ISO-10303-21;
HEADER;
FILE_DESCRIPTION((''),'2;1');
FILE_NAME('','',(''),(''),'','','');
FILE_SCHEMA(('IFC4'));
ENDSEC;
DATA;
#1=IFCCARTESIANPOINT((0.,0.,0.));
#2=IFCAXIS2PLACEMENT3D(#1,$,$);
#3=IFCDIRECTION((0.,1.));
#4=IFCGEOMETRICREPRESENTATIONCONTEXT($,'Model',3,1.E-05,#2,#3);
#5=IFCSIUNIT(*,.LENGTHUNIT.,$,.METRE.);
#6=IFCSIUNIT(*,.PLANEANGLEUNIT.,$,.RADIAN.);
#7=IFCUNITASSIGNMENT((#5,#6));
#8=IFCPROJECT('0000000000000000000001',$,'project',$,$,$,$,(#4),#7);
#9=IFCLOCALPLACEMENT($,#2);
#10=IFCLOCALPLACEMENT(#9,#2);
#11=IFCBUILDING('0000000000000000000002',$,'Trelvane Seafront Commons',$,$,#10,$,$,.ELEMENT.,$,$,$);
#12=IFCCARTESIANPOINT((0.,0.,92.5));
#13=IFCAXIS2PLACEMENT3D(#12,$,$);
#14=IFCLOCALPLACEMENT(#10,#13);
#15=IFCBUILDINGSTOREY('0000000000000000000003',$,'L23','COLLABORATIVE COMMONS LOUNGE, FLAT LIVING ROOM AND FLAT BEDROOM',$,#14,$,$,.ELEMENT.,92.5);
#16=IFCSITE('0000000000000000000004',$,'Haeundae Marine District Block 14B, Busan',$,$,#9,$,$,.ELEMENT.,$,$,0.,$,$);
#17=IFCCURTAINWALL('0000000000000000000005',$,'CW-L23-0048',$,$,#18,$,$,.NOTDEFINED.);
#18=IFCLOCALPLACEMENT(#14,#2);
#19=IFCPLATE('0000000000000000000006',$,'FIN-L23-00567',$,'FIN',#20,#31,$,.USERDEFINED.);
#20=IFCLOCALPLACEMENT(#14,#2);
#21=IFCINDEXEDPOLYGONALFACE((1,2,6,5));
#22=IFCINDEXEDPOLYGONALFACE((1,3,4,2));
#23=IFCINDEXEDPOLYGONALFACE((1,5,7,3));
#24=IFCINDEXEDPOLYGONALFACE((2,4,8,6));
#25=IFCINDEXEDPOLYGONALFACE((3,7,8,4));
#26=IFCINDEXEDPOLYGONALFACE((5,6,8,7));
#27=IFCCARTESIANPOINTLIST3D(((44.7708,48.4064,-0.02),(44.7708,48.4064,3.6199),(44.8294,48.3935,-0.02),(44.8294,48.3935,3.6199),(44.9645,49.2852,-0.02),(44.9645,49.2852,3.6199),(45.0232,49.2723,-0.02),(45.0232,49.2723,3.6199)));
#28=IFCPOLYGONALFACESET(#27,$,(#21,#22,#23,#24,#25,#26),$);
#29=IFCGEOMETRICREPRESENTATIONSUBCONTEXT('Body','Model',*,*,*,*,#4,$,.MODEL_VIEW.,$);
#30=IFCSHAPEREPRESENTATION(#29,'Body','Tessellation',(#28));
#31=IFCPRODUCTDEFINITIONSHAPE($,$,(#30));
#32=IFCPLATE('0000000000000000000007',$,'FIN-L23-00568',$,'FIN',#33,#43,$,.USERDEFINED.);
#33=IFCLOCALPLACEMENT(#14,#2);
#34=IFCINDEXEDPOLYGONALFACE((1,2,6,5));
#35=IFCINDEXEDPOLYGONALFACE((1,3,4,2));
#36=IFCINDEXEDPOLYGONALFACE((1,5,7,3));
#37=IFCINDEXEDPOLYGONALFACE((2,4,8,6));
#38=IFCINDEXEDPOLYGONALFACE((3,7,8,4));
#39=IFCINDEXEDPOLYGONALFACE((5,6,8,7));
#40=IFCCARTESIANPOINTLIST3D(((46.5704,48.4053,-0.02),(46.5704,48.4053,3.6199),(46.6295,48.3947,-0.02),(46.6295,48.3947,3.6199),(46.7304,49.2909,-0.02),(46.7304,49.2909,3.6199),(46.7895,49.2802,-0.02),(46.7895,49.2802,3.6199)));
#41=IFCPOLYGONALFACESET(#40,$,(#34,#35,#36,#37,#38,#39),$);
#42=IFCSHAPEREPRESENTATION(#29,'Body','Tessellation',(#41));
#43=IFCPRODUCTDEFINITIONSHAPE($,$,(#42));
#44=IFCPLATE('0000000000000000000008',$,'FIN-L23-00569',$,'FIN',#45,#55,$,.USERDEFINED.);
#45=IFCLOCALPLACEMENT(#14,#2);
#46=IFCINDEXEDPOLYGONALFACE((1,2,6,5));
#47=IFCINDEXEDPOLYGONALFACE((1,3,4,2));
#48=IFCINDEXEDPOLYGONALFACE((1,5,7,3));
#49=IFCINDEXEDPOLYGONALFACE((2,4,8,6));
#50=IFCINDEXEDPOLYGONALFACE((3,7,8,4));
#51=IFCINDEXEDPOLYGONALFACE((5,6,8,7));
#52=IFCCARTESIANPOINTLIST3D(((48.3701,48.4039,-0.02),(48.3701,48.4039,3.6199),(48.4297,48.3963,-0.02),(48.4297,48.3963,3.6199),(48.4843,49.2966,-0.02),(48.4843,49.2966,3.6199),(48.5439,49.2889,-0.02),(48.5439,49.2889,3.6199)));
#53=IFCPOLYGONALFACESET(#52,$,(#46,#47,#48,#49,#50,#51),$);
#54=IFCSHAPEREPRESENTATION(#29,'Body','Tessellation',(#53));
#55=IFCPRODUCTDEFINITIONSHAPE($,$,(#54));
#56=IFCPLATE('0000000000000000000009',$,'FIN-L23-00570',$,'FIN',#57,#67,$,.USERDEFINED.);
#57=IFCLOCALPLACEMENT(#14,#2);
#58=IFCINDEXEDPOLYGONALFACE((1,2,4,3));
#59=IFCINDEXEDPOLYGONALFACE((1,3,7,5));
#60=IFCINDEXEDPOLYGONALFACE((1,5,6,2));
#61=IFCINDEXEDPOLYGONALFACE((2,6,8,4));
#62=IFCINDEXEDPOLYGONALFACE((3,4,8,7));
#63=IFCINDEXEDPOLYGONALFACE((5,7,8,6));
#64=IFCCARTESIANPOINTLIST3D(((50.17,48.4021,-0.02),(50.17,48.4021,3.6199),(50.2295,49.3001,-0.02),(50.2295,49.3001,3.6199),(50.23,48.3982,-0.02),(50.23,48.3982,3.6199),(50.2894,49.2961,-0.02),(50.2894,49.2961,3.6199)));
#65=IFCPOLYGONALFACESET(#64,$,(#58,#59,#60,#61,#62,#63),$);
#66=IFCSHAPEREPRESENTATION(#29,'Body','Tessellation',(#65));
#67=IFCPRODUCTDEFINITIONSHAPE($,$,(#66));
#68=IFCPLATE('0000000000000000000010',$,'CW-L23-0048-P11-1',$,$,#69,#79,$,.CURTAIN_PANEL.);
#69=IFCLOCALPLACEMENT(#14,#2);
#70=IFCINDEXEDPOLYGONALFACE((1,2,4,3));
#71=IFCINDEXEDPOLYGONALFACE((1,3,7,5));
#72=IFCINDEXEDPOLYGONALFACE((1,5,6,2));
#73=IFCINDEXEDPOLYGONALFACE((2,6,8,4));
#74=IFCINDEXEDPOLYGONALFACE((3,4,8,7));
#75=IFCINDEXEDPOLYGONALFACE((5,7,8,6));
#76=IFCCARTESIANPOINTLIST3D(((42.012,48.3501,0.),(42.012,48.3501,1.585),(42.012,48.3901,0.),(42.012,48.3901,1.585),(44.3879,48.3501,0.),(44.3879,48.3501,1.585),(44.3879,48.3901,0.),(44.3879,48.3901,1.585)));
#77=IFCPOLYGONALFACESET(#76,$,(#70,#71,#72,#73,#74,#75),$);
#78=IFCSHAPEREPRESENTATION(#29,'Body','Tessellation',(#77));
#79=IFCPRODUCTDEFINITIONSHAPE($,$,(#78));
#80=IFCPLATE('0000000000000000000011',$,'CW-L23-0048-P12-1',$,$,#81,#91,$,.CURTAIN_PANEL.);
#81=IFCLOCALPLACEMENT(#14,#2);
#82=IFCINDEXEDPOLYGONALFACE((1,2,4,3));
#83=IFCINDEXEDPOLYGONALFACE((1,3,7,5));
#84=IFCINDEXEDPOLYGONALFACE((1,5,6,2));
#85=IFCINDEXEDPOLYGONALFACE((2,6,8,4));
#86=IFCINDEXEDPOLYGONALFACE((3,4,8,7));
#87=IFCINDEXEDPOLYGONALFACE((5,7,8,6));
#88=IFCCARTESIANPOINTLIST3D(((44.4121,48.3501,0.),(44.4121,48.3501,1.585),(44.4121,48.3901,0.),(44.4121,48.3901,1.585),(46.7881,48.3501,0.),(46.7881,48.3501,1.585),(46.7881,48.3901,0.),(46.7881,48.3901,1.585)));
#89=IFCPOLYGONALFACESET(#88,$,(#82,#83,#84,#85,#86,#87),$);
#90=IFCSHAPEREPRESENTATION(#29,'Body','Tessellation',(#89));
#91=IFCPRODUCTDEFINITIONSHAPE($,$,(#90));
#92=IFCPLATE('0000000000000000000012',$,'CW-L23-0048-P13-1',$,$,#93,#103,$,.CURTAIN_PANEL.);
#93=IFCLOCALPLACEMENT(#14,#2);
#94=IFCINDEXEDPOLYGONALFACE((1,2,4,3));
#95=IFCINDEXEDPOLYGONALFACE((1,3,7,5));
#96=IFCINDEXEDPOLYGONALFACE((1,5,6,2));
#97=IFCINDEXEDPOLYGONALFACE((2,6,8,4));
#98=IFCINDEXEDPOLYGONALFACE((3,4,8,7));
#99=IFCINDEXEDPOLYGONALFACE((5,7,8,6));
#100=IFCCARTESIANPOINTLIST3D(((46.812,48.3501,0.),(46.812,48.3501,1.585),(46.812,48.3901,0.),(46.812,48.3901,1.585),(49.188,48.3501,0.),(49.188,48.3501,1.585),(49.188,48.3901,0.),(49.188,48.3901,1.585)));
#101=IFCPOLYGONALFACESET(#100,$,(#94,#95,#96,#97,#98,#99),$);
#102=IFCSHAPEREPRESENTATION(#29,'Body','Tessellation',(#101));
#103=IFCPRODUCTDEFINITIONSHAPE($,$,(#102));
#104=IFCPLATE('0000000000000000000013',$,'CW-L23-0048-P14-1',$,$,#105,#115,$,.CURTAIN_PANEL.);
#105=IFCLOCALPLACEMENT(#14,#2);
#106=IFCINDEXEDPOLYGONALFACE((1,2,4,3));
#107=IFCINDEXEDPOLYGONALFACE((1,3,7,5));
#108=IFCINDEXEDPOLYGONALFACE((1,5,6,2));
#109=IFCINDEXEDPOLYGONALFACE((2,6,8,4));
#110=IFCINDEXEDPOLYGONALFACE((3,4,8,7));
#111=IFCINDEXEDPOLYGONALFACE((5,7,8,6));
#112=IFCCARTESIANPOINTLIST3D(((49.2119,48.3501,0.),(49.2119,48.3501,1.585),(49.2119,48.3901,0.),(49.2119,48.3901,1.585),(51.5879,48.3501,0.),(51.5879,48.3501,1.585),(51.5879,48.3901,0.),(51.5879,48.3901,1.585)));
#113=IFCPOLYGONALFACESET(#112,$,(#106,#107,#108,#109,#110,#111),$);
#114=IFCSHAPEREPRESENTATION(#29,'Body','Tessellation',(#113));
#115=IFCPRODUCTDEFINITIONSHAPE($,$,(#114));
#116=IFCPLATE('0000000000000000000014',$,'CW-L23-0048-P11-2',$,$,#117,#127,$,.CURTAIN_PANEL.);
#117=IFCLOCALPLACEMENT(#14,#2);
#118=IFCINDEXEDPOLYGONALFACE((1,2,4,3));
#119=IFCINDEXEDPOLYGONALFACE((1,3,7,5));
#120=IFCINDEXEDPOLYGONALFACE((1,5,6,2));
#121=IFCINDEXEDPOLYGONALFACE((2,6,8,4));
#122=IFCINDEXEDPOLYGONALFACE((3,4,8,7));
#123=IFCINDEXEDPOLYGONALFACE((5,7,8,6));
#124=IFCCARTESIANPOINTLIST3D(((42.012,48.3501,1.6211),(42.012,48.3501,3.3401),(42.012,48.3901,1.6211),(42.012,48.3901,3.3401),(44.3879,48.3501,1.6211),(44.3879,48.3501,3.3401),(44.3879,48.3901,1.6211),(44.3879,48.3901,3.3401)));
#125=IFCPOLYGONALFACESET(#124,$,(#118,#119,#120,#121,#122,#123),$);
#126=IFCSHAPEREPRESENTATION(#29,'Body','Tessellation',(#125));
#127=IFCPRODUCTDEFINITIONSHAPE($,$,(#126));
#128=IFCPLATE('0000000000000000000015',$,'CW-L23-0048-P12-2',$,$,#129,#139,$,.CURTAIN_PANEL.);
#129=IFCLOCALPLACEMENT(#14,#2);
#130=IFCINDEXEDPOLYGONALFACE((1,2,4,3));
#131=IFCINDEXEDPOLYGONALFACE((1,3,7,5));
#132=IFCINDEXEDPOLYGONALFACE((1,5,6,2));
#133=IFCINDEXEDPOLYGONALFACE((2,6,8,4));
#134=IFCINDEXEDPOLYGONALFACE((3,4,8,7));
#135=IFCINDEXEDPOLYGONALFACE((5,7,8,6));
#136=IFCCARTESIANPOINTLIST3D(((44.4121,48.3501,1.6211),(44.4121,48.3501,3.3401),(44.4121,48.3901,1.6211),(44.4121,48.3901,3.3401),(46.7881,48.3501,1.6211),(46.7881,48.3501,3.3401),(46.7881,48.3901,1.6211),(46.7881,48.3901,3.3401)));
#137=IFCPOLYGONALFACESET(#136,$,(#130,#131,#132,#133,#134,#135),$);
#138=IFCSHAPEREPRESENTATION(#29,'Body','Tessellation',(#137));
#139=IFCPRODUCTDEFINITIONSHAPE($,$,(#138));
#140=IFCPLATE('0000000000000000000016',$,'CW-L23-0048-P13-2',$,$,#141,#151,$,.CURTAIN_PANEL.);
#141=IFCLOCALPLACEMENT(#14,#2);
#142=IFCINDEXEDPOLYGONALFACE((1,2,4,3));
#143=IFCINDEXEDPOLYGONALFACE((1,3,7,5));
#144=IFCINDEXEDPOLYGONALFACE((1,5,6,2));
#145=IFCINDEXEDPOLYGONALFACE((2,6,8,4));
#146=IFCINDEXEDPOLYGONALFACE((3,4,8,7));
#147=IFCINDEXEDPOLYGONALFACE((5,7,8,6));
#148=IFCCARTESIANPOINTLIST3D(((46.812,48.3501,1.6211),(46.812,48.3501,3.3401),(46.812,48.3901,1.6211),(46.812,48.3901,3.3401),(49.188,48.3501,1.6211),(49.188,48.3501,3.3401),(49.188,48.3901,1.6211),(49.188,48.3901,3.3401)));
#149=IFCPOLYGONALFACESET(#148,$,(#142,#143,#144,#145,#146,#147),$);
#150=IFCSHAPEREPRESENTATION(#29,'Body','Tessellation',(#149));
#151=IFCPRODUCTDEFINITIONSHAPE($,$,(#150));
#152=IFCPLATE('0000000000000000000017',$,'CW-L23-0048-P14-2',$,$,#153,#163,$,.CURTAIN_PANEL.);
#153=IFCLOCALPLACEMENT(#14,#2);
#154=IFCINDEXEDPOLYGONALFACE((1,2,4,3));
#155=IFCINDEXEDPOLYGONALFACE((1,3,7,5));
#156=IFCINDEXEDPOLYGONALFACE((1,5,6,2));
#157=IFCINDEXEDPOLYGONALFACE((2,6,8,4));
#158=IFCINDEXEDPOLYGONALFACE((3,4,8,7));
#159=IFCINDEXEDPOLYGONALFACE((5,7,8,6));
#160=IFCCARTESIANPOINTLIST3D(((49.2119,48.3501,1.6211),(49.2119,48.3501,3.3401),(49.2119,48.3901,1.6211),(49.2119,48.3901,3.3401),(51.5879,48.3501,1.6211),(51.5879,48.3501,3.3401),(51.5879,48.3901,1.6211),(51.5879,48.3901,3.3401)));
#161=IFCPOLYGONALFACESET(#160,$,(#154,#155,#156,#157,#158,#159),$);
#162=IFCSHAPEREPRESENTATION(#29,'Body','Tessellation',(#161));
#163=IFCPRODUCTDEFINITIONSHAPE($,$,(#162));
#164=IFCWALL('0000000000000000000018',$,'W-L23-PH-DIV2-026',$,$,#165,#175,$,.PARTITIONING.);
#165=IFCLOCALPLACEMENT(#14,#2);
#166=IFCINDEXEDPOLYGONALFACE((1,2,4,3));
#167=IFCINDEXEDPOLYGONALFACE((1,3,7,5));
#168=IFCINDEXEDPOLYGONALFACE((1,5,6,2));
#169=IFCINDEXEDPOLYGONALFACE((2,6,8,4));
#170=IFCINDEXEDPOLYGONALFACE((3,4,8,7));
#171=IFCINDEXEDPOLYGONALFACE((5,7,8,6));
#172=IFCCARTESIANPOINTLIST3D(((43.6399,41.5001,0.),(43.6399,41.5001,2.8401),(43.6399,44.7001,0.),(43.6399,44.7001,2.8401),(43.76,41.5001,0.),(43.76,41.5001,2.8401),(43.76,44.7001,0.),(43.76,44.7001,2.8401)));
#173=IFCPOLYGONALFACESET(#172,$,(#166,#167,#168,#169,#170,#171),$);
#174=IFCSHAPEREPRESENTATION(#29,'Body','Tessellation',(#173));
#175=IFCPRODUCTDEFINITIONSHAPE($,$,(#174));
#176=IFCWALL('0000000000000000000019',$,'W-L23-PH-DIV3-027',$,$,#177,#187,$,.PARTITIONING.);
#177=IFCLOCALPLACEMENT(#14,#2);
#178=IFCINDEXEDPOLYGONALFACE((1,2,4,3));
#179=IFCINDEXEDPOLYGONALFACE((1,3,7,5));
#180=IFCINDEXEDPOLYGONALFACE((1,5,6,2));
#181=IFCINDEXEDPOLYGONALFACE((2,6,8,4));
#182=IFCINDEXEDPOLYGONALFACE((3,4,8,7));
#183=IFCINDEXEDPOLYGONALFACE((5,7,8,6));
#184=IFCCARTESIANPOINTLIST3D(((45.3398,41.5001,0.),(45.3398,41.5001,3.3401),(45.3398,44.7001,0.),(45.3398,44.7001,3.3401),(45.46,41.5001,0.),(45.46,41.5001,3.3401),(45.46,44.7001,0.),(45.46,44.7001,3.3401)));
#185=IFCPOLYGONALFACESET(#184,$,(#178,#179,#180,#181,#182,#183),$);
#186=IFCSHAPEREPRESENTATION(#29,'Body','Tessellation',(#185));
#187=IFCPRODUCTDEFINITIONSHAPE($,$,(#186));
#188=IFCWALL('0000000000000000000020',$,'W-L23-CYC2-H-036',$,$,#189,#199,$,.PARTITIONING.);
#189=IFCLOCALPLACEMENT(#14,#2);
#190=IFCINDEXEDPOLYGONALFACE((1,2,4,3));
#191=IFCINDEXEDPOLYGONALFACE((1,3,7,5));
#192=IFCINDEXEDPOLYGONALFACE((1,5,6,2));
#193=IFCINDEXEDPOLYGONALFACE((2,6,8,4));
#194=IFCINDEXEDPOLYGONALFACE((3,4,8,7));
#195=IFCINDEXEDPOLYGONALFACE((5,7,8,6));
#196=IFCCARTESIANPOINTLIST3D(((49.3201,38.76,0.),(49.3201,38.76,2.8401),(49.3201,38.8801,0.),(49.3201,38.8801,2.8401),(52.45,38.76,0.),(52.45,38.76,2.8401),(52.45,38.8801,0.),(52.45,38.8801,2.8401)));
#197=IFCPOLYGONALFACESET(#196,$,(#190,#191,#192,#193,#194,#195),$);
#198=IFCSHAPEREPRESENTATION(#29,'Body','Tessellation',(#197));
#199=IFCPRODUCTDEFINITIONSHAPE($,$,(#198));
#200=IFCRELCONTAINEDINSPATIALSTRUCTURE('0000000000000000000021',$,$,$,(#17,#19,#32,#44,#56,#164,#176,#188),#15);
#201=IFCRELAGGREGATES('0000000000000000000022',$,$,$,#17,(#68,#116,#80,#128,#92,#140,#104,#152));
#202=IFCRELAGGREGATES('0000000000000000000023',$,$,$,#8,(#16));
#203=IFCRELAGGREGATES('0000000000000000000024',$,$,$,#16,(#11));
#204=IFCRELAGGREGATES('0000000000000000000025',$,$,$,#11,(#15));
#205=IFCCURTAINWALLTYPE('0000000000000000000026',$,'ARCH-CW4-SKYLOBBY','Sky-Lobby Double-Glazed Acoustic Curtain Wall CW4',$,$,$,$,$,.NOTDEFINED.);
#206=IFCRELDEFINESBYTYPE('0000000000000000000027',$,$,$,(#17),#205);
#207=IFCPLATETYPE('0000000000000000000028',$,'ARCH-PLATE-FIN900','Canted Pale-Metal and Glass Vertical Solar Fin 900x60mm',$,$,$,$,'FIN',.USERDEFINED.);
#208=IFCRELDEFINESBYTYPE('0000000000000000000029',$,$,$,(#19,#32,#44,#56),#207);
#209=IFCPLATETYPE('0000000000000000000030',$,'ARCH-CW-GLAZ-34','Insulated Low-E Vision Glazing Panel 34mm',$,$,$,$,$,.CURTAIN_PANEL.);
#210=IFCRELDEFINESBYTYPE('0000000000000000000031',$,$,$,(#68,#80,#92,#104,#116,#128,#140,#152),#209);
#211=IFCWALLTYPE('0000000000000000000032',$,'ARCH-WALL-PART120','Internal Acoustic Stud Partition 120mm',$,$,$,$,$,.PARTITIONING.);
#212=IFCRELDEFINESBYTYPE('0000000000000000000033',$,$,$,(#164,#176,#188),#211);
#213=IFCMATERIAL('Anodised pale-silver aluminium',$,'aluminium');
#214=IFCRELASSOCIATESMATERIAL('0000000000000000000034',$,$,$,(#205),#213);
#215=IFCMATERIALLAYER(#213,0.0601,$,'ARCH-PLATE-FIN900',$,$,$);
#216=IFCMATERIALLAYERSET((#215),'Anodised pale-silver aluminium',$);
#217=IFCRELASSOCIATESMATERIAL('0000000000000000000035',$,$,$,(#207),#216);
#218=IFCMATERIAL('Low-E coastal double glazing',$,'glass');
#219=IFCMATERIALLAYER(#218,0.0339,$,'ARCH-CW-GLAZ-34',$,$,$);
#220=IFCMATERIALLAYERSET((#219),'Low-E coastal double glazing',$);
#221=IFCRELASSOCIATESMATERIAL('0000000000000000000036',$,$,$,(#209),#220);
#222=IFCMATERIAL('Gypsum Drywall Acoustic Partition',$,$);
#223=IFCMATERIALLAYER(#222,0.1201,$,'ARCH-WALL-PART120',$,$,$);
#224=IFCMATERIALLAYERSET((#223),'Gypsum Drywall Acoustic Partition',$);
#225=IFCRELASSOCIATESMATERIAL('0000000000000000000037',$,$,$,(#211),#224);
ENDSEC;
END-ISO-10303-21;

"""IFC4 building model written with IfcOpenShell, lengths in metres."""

from ifc_helpers import new_model, si_unit, direction, frame, frame_2d, origin, origin_2d, place, context, subcontext, project, spatial, rectangle, extrude, source, transform, mapped, material, layer, layer_set, type_object, element, aggregate, save


model = new_model("IFC4")

# Units and contexts
model_context = context("Model", 3, precision=1e-05, world=origin(), true_north=direction((0.0, 1.0)))
body_context = subcontext(model_context, "Body", "Model", "MODEL_VIEW")
ifc_project = project(units=[si_unit("LENGTHUNIT", "METRE"), si_unit("PLANEANGLEUNIT", "RADIAN")], contexts=[model_context])

# Site, building, storey
site_placement = place(None, origin())
site = spatial("IfcSite", under=ifc_project, at=site_placement, Name="Haeundae Marine District Block 14B, Busan", CompositionType="ELEMENT", RefElevation=0.0)
building_placement = place(site_placement, origin())
building = spatial("IfcBuilding", under=site, at=building_placement, Name="Trelvane Seafront Commons", CompositionType="ELEMENT")
storey_placement = place(building_placement, frame((0.0, 0.0, 92.5)))
storey = spatial("IfcBuildingStorey", under=building, at=storey_placement, Name="L23", Description="COLLABORATIVE COMMONS LOUNGE, FLAT LIVING ROOM AND FLAT BEDROOM", CompositionType="ELEMENT", Elevation=92.5)

# Curtain wall
ifc_material_1 = material(Name="Anodised pale-silver aluminium", Category="aluminium")
curtain_wall_type = type_object("IfcCurtainWallType", Name="ARCH-CW4-SKYLOBBY", Description="Sky-Lobby Double-Glazed Acoustic Curtain Wall CW4", PredefinedType="NOTDEFINED", material=ifc_material_1)
curtain_wall_placement = place(storey_placement, origin())
curtain_wall = element("IfcCurtainWall", 1, at=curtain_wall_placement, inside=storey, type_object=curtain_wall_type, Name="CW-L23-0048", PredefinedType="NOTDEFINED")

# Plates
ifc_layer_1 = layer(ifc_material_1, 0.0601, Name="ARCH-PLATE-FIN900")
ifc_layer_set_1 = layer_set([ifc_layer_1], Name="Anodised pale-silver aluminium")
plate_type_1 = type_object("IfcPlateType", Name="ARCH-PLATE-FIN900", Description="Canted Pale-Metal and Glass Vertical Solar Fin 900x60mm", ElementType="FIN", PredefinedType="USERDEFINED", material=ifc_layer_set_1)
shared_shape_1 = source(origin(), body_context, "Body", "SweptSolid", [
    extrude(rectangle(XDim=0.8999, YDim=0.0601, at=origin_2d()), origin(), (0.0, 0.0, 1.0), 3.6399),
])
for number, where, z_axis, x_axis, name in (
    (2, (44.897, 48.8394, -0.02), (0.0, 0.0, 1.0), (0.21533, 0.976541, 0.0), "FIN-L23-00567"),
    (3, (46.6799, 48.8428, -0.02), (0.0, 0.0, 1.0), (0.17777, 0.984072, 0.0), "FIN-L23-00568"),
    (4, (48.457, 48.8464, -0.02), (0.0, 0.0, 1.0), (0.126893, 0.991916, 0.0), "FIN-L23-00569"),
    (5, (50.2297, 48.8491, -0.02), (0.0, 0.0, 1.0), (0.066114, 0.997812, 0.0), "FIN-L23-00570"),
):
    element("IfcPlate", number, at=place(storey_placement, frame(where, z_axis=z_axis, x_axis=x_axis)), inside=storey, type_object=plate_type_1, Name=name, ObjectType="FIN", PredefinedType="USERDEFINED", context=body_context, shape_type="MappedRepresentation", body=[
        mapped(shared_shape_1, transform((0.0, 0.0, 0.0), x_axis=(1.0, 0.0, 0.0), y_axis=(0.0, 1.0, 0.0), z_axis=(0.0, 0.0, 1.0), scale=1.0)),
    ])

# Plates
ifc_material_2 = material(Name="Low-E coastal double glazing", Category="glass")
ifc_layer_2 = layer(ifc_material_2, 0.0339, Name="ARCH-CW-GLAZ-34")
ifc_layer_set_2 = layer_set([ifc_layer_2], Name="Low-E coastal double glazing")
plate_type_2 = type_object("IfcPlateType", Name="ARCH-CW-GLAZ-34", Description="Insulated Low-E Vision Glazing Panel 34mm", PredefinedType="CURTAIN_PANEL", material=ifc_layer_set_2)
shared_shape_2 = source(origin(), body_context, "Body", "SweptSolid", [
    extrude(rectangle(XDim=2.376, YDim=0.04, at=origin_2d()), origin(), (0.0, 0.0, 1.0), 1.585),
])
plate_1_placement = place(storey_placement, frame((43.2, 48.3701, 0.0), z_axis=(0.0, 0.0, 1.0), x_axis=(1.0, 0.0, 0.0)))
plate_1 = element("IfcPlate", 6, at=plate_1_placement, type_object=plate_type_2, Name="CW-L23-0048-P11-1", PredefinedType="CURTAIN_PANEL", context=body_context, shape_type="MappedRepresentation", body=[
    mapped(shared_shape_2, transform((0.0, 0.0, 0.0), x_axis=(1.0, 0.0, 0.0), y_axis=(0.0, 1.0, 0.0), z_axis=(0.0, 0.0, 1.0), scale=1.0)),
])
plate_2_placement = place(storey_placement, frame((45.6001, 48.3701, 0.0), z_axis=(0.0, 0.0, 1.0), x_axis=(1.0, 0.0, 0.0)))
plate_2 = element("IfcPlate", 7, at=plate_2_placement, type_object=plate_type_2, Name="CW-L23-0048-P12-1", PredefinedType="CURTAIN_PANEL", context=body_context, shape_type="MappedRepresentation", body=[
    mapped(shared_shape_2, transform((0.0, 0.0, 0.0), x_axis=(1.0, 0.0, 0.0), y_axis=(0.0, 1.0, 0.0), z_axis=(0.0, 0.0, 1.0), scale=1.0)),
])
plate_3_placement = place(storey_placement, frame((48.0, 48.3701, 0.0), z_axis=(0.0, 0.0, 1.0), x_axis=(1.0, 0.0, 0.0)))
plate_3 = element("IfcPlate", 8, at=plate_3_placement, type_object=plate_type_2, Name="CW-L23-0048-P13-1", PredefinedType="CURTAIN_PANEL", context=body_context, shape_type="MappedRepresentation", body=[
    mapped(shared_shape_2, transform((0.0, 0.0, 0.0), x_axis=(1.0, 0.0, 0.0), y_axis=(0.0, 1.0, 0.0), z_axis=(0.0, 0.0, 1.0), scale=1.0)),
])
plate_4_placement = place(storey_placement, frame((50.3999, 48.3701, 0.0), z_axis=(0.0, 0.0, 1.0), x_axis=(1.0, 0.0, 0.0)))
plate_4 = element("IfcPlate", 9, at=plate_4_placement, type_object=plate_type_2, Name="CW-L23-0048-P14-1", PredefinedType="CURTAIN_PANEL", context=body_context, shape_type="MappedRepresentation", body=[
    mapped(shared_shape_2, transform((0.0, 0.0, 0.0), x_axis=(1.0, 0.0, 0.0), y_axis=(0.0, 1.0, 0.0), z_axis=(0.0, 0.0, 1.0), scale=1.0)),
])
shared_shape_3 = source(origin(), body_context, "Body", "SweptSolid", [
    extrude(rectangle(XDim=2.376, YDim=0.04, at=origin_2d()), origin(), (0.0, 0.0, 1.0), 1.719),
])
plate_5_placement = place(storey_placement, frame((43.2, 48.3701, 1.6211), z_axis=(0.0, 0.0, 1.0), x_axis=(1.0, 0.0, 0.0)))
plate_5 = element("IfcPlate", 10, at=plate_5_placement, type_object=plate_type_2, Name="CW-L23-0048-P11-2", PredefinedType="CURTAIN_PANEL", context=body_context, shape_type="MappedRepresentation", body=[
    mapped(shared_shape_3, transform((0.0, 0.0, 0.0), x_axis=(1.0, 0.0, 0.0), y_axis=(0.0, 1.0, 0.0), z_axis=(0.0, 0.0, 1.0), scale=1.0)),
])
plate_6_placement = place(storey_placement, frame((45.6001, 48.3701, 1.6211), z_axis=(0.0, 0.0, 1.0), x_axis=(1.0, 0.0, 0.0)))
plate_6 = element("IfcPlate", 11, at=plate_6_placement, type_object=plate_type_2, Name="CW-L23-0048-P12-2", PredefinedType="CURTAIN_PANEL", context=body_context, shape_type="MappedRepresentation", body=[
    mapped(shared_shape_3, transform((0.0, 0.0, 0.0), x_axis=(1.0, 0.0, 0.0), y_axis=(0.0, 1.0, 0.0), z_axis=(0.0, 0.0, 1.0), scale=1.0)),
])
plate_7_placement = place(storey_placement, frame((48.0, 48.3701, 1.6211), z_axis=(0.0, 0.0, 1.0), x_axis=(1.0, 0.0, 0.0)))
plate_7 = element("IfcPlate", 12, at=plate_7_placement, type_object=plate_type_2, Name="CW-L23-0048-P13-2", PredefinedType="CURTAIN_PANEL", context=body_context, shape_type="MappedRepresentation", body=[
    mapped(shared_shape_3, transform((0.0, 0.0, 0.0), x_axis=(1.0, 0.0, 0.0), y_axis=(0.0, 1.0, 0.0), z_axis=(0.0, 0.0, 1.0), scale=1.0)),
])
plate_8_placement = place(storey_placement, frame((50.3999, 48.3701, 1.6211), z_axis=(0.0, 0.0, 1.0), x_axis=(1.0, 0.0, 0.0)))
plate_8 = element("IfcPlate", 13, at=plate_8_placement, type_object=plate_type_2, Name="CW-L23-0048-P14-2", PredefinedType="CURTAIN_PANEL", context=body_context, shape_type="MappedRepresentation", body=[
    mapped(shared_shape_3, transform((0.0, 0.0, 0.0), x_axis=(1.0, 0.0, 0.0), y_axis=(0.0, 1.0, 0.0), z_axis=(0.0, 0.0, 1.0), scale=1.0)),
])
aggregate(curtain_wall, [plate_1, plate_5, plate_2, plate_6, plate_3, plate_7, plate_4, plate_8])

# Walls
ifc_material_3 = material(Name="Gypsum Drywall Acoustic Partition")
ifc_layer_3 = layer(ifc_material_3, 0.1201, Name="ARCH-WALL-PART120")
ifc_layer_set_3 = layer_set([ifc_layer_3], Name="Gypsum Drywall Acoustic Partition")
wall_type_1 = type_object("IfcWallType", Name="ARCH-WALL-PART120", Description="Internal Acoustic Stud Partition 120mm", PredefinedType="PARTITIONING", material=ifc_layer_set_3)
wall_1_placement = place(storey_placement, frame((43.7, 41.5, 0.0), z_axis=(0.0, 0.0, 1.0), x_axis=(0.0, 1.0, 0.0)))
element("IfcWall", 14, at=wall_1_placement, inside=storey, type_object=wall_type_1, Name="W-L23-PH-DIV2-026", PredefinedType="PARTITIONING", context=body_context, shape_type="SweptSolid", body=[
    extrude(rectangle(XDim=3.2, YDim=0.1201, at=frame_2d((1.6001, 0.0))), origin(), (0.0, 0.0, 1.0), 2.8401),
])
wall_2_placement = place(storey_placement, frame((45.3999, 41.5, 0.0), z_axis=(0.0, 0.0, 1.0), x_axis=(0.0, 1.0, 0.0)))
element("IfcWall", 15, at=wall_2_placement, inside=storey, type_object=wall_type_1, Name="W-L23-PH-DIV3-027", PredefinedType="PARTITIONING", context=body_context, shape_type="SweptSolid", body=[
    extrude(rectangle(XDim=3.2, YDim=0.1201, at=frame_2d((1.6001, 0.0))), origin(), (0.0, 0.0, 1.0), 3.3401),
])
wall_3_placement = place(storey_placement, frame((49.3201, 38.8201, 0.0), z_axis=(0.0, 0.0, 1.0), x_axis=(1.0, 0.0, 0.0)))
element("IfcWall", 16, at=wall_3_placement, inside=storey, type_object=wall_type_1, Name="W-L23-CYC2-H-036", PredefinedType="PARTITIONING", context=body_context, shape_type="SweptSolid", body=[
    extrude(rectangle(XDim=3.1299, YDim=0.1201, at=frame_2d((1.5649, 0.0))), origin(), (0.0, 0.0, 1.0), 2.8401),
])

save(model, "model.ifc")
